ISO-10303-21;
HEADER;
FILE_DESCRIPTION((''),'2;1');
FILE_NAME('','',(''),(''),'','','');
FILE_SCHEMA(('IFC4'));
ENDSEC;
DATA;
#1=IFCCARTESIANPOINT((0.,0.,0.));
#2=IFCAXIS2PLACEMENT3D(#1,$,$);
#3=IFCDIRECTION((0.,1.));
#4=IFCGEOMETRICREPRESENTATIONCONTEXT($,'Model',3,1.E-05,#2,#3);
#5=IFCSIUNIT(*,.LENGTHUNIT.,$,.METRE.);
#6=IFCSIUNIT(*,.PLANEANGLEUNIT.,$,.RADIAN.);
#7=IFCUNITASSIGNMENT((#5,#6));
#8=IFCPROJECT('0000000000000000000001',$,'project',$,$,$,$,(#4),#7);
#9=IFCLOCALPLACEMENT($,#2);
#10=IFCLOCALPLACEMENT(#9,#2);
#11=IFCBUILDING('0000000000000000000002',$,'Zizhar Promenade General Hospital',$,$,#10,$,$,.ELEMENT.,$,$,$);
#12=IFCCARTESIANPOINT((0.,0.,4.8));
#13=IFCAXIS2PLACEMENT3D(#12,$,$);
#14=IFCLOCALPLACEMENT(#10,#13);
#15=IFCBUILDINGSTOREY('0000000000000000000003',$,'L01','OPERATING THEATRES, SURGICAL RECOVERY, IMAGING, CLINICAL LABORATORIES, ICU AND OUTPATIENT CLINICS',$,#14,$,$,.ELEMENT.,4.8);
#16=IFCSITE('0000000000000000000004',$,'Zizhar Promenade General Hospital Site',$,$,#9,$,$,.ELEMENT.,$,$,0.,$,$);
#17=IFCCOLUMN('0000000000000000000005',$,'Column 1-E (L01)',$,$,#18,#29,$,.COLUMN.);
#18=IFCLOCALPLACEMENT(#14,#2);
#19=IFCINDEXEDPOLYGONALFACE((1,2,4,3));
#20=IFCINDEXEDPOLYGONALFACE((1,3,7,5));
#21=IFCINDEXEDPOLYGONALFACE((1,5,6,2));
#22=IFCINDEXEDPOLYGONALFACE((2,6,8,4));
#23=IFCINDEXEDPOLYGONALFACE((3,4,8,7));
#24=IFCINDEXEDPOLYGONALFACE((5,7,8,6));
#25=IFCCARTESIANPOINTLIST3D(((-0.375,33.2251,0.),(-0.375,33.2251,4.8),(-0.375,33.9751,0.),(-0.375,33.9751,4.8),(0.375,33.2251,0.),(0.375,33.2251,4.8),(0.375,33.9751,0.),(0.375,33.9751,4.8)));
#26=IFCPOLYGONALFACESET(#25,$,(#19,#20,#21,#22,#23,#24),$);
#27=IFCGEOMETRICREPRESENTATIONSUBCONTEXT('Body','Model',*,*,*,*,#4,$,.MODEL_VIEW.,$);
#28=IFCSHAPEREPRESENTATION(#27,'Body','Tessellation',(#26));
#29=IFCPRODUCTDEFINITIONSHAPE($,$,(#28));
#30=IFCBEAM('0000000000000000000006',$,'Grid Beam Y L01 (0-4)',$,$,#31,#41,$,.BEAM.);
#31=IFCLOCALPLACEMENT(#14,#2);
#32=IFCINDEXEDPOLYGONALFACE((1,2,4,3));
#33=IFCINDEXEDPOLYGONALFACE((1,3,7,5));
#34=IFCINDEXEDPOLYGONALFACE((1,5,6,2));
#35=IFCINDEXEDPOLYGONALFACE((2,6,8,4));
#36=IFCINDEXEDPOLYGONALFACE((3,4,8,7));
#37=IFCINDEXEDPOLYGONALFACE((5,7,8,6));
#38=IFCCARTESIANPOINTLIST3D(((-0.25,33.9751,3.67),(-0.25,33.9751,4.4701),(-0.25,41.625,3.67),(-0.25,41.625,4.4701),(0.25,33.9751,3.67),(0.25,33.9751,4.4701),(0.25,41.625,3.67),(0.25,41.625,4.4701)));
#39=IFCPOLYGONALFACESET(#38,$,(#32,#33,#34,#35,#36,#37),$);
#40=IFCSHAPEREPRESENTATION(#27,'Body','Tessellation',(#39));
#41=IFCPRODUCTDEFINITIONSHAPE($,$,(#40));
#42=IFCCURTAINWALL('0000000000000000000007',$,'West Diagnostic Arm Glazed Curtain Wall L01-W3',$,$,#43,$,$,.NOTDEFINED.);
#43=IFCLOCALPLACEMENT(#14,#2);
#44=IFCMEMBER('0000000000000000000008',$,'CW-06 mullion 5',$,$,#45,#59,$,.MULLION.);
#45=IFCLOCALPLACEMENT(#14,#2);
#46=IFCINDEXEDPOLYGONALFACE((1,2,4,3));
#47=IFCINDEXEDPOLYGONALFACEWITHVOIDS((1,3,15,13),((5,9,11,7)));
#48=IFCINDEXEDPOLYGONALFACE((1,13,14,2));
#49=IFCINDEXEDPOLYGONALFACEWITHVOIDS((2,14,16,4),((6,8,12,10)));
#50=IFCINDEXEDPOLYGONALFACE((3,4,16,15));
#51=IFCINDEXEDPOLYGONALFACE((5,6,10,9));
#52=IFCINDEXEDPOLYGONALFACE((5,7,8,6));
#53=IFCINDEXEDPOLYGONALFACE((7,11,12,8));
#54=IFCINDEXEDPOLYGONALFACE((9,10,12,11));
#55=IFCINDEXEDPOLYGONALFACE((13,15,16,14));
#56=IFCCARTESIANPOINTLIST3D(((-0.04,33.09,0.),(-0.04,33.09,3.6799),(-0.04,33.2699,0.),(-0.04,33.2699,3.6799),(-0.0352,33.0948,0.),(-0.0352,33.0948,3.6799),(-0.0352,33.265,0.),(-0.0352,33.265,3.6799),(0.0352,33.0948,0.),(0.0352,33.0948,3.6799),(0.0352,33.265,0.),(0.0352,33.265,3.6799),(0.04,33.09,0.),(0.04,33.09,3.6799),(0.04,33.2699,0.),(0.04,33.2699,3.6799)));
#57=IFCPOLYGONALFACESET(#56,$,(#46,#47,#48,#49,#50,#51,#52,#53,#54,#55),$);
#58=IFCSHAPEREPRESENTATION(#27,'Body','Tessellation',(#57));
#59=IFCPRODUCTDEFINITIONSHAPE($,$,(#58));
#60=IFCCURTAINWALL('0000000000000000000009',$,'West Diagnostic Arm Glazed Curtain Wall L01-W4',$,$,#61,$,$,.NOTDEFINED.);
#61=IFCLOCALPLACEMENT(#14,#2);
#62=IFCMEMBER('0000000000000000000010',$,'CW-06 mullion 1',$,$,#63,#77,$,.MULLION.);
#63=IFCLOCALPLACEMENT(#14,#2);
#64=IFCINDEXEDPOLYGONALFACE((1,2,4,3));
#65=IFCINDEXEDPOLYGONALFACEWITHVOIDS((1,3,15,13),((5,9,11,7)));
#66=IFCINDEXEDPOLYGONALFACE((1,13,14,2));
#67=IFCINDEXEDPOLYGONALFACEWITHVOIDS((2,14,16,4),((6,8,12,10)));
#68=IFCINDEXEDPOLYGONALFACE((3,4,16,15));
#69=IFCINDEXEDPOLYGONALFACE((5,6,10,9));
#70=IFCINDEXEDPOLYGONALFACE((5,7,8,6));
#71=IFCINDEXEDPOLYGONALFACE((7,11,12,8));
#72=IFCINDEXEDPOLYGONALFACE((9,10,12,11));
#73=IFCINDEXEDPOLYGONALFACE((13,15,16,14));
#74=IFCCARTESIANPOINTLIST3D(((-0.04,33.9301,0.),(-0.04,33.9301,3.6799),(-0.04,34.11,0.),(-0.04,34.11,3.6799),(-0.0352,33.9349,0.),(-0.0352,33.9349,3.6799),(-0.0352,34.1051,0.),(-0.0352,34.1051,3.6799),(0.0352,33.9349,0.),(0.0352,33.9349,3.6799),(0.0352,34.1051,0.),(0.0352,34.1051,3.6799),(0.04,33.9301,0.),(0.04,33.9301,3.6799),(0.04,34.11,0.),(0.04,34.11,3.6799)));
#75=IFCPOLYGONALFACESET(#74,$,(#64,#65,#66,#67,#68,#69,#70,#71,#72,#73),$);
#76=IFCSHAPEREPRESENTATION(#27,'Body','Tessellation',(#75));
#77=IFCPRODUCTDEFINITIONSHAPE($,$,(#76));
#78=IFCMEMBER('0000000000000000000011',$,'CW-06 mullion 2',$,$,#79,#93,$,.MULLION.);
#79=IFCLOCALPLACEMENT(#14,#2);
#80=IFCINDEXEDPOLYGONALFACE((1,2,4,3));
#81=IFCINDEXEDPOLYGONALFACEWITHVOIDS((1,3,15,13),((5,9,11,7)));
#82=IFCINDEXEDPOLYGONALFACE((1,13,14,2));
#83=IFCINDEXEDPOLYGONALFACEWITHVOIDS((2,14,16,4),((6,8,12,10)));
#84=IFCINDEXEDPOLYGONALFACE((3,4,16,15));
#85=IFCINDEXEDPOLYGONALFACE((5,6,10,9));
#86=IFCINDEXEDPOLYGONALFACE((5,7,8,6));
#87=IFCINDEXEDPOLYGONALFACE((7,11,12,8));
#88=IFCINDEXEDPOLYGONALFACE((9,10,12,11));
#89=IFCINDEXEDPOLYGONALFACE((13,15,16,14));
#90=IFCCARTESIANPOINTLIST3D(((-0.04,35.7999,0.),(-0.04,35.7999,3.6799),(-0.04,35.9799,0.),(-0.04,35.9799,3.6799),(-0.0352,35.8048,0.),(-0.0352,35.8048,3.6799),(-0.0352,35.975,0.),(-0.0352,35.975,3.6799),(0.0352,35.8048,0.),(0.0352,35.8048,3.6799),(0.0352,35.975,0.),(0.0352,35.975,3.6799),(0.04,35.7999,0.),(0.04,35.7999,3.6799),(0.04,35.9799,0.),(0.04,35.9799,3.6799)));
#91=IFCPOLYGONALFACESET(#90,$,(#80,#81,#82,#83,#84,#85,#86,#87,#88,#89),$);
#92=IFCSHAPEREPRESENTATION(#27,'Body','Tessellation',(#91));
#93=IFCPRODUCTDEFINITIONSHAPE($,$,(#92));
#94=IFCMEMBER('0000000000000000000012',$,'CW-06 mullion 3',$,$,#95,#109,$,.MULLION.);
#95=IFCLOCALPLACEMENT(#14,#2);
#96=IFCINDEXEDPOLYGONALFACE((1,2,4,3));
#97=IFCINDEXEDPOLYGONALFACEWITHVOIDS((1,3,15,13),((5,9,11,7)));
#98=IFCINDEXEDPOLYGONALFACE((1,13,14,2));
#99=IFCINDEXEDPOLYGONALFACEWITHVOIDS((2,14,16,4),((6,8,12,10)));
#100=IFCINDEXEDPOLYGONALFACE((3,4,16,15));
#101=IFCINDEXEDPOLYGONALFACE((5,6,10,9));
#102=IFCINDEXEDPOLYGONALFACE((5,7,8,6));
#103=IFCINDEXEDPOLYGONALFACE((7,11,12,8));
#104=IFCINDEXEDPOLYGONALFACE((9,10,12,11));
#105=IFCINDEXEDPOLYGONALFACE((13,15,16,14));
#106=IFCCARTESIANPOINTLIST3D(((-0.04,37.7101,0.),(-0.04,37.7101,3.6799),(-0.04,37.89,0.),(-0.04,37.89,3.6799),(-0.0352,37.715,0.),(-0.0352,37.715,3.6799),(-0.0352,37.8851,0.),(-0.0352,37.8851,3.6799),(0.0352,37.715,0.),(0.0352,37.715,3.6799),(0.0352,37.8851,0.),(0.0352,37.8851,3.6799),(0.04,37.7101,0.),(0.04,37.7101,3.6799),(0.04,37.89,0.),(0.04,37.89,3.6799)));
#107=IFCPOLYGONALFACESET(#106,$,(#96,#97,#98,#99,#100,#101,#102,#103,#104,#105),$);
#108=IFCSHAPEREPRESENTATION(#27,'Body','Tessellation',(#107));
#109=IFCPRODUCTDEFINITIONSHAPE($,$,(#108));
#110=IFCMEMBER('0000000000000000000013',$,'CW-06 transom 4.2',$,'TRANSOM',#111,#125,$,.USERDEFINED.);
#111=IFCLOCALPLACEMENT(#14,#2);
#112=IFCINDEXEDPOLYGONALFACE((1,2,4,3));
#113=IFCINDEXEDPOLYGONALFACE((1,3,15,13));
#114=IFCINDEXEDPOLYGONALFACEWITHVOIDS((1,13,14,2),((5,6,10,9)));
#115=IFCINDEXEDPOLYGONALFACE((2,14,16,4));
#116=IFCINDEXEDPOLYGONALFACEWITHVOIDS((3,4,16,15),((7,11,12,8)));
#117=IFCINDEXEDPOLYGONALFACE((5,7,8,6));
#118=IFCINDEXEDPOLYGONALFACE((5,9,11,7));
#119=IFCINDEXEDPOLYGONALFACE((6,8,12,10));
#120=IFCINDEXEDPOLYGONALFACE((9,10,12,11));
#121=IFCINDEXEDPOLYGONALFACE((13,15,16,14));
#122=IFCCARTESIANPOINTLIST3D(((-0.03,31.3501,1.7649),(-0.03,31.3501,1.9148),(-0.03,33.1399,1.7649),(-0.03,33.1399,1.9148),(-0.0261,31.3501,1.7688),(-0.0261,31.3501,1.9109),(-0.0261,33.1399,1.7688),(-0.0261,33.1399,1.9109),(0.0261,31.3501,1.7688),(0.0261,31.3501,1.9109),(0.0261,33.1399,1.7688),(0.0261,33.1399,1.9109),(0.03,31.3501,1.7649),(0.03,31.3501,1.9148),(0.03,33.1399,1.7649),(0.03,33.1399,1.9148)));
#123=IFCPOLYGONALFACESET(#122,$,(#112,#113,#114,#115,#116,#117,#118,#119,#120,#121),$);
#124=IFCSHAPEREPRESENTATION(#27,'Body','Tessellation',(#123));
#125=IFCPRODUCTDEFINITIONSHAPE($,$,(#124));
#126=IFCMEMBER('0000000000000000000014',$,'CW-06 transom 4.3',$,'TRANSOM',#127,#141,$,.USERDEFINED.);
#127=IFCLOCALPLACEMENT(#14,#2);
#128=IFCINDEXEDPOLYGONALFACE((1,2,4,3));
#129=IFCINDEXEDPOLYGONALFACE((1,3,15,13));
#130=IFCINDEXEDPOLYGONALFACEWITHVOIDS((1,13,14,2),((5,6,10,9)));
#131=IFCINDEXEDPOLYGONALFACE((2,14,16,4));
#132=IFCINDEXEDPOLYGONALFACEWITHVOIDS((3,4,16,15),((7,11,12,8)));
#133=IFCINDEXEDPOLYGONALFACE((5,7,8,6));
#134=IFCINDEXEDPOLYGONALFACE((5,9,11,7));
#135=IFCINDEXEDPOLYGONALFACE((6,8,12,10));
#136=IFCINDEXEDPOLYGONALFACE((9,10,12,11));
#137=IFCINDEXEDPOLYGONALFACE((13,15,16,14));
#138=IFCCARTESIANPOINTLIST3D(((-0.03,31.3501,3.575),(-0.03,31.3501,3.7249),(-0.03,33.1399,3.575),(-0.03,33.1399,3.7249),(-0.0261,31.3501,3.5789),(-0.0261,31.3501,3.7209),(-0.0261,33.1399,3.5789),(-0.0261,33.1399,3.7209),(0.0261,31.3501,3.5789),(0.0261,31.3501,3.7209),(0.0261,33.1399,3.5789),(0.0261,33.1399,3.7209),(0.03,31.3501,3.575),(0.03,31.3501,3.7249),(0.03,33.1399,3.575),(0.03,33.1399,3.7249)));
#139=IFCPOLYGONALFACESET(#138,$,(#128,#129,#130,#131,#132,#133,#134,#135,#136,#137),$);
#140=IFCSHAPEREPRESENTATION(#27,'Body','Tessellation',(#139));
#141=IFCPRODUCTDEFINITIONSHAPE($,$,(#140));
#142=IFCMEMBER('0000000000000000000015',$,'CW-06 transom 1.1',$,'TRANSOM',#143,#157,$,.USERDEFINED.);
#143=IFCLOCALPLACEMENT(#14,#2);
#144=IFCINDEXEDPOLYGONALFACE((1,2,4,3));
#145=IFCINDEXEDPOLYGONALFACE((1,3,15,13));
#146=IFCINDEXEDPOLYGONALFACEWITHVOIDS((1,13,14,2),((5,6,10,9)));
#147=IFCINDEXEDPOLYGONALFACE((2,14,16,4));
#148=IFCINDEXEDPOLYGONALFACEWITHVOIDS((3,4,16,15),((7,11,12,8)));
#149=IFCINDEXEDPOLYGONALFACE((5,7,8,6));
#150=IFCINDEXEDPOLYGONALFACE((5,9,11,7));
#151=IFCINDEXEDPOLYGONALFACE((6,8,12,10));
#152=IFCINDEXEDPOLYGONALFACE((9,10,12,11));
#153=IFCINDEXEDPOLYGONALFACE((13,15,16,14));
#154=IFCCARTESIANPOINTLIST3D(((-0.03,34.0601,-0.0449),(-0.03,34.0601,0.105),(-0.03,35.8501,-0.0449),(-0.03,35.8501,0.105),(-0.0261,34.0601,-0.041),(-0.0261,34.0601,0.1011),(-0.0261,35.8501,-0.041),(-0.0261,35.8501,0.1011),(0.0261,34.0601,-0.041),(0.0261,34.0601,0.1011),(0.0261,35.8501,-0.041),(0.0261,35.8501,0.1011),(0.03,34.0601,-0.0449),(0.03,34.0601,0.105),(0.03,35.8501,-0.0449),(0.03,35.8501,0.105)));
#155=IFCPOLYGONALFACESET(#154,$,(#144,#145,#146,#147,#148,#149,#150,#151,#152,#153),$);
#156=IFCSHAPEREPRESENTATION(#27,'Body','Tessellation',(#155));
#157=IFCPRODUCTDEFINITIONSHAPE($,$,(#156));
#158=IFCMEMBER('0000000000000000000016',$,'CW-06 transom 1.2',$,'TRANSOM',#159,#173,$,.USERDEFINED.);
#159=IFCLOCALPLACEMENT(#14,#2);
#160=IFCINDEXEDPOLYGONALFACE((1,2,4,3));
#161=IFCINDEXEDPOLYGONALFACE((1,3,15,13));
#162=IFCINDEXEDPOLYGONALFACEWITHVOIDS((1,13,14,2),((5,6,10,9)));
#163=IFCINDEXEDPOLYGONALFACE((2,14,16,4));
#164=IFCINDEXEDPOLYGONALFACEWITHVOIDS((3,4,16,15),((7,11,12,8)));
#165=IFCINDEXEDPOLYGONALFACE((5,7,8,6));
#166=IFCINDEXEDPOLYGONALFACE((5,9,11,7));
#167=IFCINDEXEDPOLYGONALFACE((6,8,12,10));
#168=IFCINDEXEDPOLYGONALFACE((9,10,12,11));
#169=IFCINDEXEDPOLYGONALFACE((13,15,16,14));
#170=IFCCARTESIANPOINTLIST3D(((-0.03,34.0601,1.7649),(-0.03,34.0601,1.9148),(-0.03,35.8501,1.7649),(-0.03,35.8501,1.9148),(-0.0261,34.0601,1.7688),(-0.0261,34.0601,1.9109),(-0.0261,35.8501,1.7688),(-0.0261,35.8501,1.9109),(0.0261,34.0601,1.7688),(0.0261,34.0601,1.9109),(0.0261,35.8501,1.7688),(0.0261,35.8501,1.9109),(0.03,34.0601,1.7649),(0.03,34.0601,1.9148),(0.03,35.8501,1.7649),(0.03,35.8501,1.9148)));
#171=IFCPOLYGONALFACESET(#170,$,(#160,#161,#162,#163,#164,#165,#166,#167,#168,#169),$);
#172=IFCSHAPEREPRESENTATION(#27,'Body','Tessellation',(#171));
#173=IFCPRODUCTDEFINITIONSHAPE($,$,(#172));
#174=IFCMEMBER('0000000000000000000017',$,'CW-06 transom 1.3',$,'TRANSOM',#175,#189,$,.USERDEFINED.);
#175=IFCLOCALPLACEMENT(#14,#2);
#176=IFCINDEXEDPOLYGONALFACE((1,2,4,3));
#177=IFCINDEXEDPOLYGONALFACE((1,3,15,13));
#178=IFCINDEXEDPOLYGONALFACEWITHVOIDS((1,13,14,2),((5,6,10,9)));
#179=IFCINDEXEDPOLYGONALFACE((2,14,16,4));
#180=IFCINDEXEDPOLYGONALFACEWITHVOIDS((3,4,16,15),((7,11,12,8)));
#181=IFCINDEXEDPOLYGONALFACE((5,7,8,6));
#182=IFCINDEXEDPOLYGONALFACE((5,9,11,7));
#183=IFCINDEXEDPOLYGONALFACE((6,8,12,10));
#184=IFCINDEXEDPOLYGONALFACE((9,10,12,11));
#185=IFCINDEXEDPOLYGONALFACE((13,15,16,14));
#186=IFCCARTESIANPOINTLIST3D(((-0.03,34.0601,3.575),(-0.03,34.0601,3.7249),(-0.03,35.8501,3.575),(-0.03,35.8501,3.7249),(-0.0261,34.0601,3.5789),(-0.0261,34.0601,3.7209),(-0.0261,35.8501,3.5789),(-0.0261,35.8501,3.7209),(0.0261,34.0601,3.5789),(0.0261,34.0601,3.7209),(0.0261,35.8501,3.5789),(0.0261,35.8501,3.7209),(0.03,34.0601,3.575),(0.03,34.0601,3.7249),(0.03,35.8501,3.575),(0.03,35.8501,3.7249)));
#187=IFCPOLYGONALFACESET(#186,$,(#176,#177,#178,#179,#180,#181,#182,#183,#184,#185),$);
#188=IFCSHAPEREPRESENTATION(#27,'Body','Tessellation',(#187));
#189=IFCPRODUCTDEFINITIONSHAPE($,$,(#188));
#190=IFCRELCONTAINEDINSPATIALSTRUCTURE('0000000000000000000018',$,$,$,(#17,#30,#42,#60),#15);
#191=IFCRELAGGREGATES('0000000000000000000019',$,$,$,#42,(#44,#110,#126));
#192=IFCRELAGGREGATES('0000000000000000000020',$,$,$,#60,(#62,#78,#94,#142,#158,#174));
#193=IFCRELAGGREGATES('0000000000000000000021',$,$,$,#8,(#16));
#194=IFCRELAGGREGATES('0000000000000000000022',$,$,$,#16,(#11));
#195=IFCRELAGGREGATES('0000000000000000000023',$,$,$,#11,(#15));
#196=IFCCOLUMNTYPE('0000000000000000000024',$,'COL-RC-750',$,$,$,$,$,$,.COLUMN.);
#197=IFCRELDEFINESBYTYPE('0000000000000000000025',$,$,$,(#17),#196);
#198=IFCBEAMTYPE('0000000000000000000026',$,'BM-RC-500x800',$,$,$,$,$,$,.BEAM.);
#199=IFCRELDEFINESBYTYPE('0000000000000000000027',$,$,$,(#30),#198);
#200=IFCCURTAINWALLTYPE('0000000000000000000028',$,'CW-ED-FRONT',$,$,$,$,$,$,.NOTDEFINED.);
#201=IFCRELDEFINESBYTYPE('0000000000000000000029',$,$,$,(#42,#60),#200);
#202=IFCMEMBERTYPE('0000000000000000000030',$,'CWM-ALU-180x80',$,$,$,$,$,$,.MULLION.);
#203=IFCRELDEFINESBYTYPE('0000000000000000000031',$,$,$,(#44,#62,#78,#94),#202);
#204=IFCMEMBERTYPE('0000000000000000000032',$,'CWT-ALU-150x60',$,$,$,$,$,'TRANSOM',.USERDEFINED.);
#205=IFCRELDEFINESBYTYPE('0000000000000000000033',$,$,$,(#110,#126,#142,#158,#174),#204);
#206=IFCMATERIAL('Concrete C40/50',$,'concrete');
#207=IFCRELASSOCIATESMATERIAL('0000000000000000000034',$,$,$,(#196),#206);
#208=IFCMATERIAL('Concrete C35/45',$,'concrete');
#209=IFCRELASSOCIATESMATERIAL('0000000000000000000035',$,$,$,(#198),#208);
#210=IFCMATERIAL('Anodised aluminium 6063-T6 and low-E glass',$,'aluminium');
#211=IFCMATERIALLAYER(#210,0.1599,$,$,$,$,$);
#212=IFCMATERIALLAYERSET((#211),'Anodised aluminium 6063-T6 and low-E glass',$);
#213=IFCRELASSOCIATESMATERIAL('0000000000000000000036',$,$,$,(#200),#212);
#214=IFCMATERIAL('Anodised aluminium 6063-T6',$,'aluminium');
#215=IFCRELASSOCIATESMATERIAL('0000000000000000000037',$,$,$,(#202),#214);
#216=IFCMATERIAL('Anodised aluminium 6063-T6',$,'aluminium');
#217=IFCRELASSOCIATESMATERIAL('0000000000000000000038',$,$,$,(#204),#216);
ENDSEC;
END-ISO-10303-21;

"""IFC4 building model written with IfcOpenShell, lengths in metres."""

from ifc_helpers import new_model, si_unit, direction, frame, origin, origin_2d, place, context, subcontext, project, spatial, rectangle, hollow_rectangle, extrude, material, layer, layer_set, material_profile, profile_set, type_object, element, aggregate, save


model = new_model("IFC4")

# Units and contexts
model_context = context("Model", 3, precision=1e-05, world=origin(), true_north=direction((0.0, 1.0)))
body_context = subcontext(model_context, "Body", "Model", "MODEL_VIEW")
ifc_project = project(units=[si_unit("LENGTHUNIT", "METRE"), si_unit("PLANEANGLEUNIT", "RADIAN")], contexts=[model_context])

# Site, building, storey
site_placement = place(None, origin())
site = spatial("IfcSite", under=ifc_project, at=site_placement, Name="Zizhar Promenade General Hospital Site", CompositionType="ELEMENT", RefElevation=0.0)
building_placement = place(site_placement, origin())
building = spatial("IfcBuilding", under=site, at=building_placement, Name="Zizhar Promenade General Hospital", CompositionType="ELEMENT")
storey_placement = place(building_placement, frame((0.0, 0.0, 4.8)))
storey = spatial("IfcBuildingStorey", under=building, at=storey_placement, Name="L01", Description="OPERATING THEATRES, SURGICAL RECOVERY, IMAGING, CLINICAL LABORATORIES, ICU AND OUTPATIENT CLINICS", CompositionType="ELEMENT", Elevation=4.8)

# Column
ifc_material_1 = material(Name="Concrete C40/50", Category="concrete")
ifc_material_profile_1 = material_profile(ifc_material_1, rectangle(XDim=0.75, YDim=0.75, at=origin_2d()))
ifc_profile_set_1 = profile_set([ifc_material_profile_1], Name="Concrete C40/50")
column_type = type_object("IfcColumnType", Name="COL-RC-750", PredefinedType="COLUMN", material=ifc_profile_set_1)
column_placement = place(storey_placement, frame((0.0, 33.6001, 0.0), z_axis=(0.0, 0.0, 1.0), x_axis=(1.0, 0.0, 0.0)))
element("IfcColumn", 1, at=column_placement, inside=storey, type_object=column_type, Name="Column 1-E (L01)", PredefinedType="COLUMN", context=body_context, shape_type="SweptSolid", body=[
    extrude(rectangle(XDim=0.75, YDim=0.75, at=origin_2d()), origin(), (0.0, 0.0, 1.0), 4.8),
])

# Beam
ifc_material_2 = material(Name="Concrete C35/45", Category="concrete")
ifc_material_profile_2 = material_profile(ifc_material_2, rectangle(XDim=0.5, YDim=0.8, at=origin_2d()))
ifc_profile_set_2 = profile_set([ifc_material_profile_2], Name="Concrete C35/45")
beam_type = type_object("IfcBeamType", Name="BM-RC-500x800", PredefinedType="BEAM", material=ifc_profile_set_2)
beam_placement = place(storey_placement, frame((0.0, 33.9751, 4.0701), z_axis=(0.0, 1.0, 0.0), x_axis=(-1.0, 0.0, 0.0)))
element("IfcBeam", 2, at=beam_placement, inside=storey, type_object=beam_type, Name="Grid Beam Y L01 (0-4)", PredefinedType="BEAM", context=body_context, shape_type="SweptSolid", body=[
    extrude(rectangle(XDim=0.5, YDim=0.8, at=origin_2d()), origin(), (0.0, 0.0, 1.0), 7.6499),
])

# Curtain wall, member
ifc_material_3 = material(Name="Anodised aluminium 6063-T6 and low-E glass", Category="aluminium")
ifc_layer_1 = layer(ifc_material_3, 0.1599)
ifc_layer_set_1 = layer_set([ifc_layer_1], Name="Anodised aluminium 6063-T6 and low-E glass")
curtain_wall_type = type_object("IfcCurtainWallType", Name="CW-ED-FRONT", PredefinedType="NOTDEFINED", material=ifc_layer_set_1)
curtain_wall_1_placement = place(storey_placement, origin())
curtain_wall_1 = element("IfcCurtainWall", 3, at=curtain_wall_1_placement, inside=storey, type_object=curtain_wall_type, Name="West Diagnostic Arm Glazed Curtain Wall L01-W3", PredefinedType="NOTDEFINED")
ifc_material_4 = material(Name="Anodised aluminium 6063-T6", Category="aluminium")
ifc_material_profile_3 = material_profile(ifc_material_4, hollow_rectangle(XDim=0.0801, YDim=0.1799, WallThickness=0.0049, at=origin_2d()))
ifc_profile_set_3 = profile_set([ifc_material_profile_3], Name="Anodised aluminium 6063-T6")
member_type_1 = type_object("IfcMemberType", Name="CWM-ALU-180x80", PredefinedType="MULLION", material=ifc_profile_set_3)
member_1_placement = place(storey_placement, frame((0.0, 33.1799, 0.0), z_axis=(0.0, 0.0, 1.0), x_axis=(-1.0, 0.0, 0.0)))
member_1 = element("IfcMember", 4, at=member_1_placement, type_object=member_type_1, Name="CW-06 mullion 5", PredefinedType="MULLION", context=body_context, shape_type="SweptSolid", body=[
    extrude(hollow_rectangle(XDim=0.0801, YDim=0.1799, WallThickness=0.0049, at=origin_2d()), origin(), (0.0, 0.0, 1.0), 3.6799),
])

# Curtain wall, members
curtain_wall_2_placement = place(storey_placement, origin())
curtain_wall_2 = element("IfcCurtainWall", 5, at=curtain_wall_2_placement, inside=storey, type_object=curtain_wall_type, Name="West Diagnostic Arm Glazed Curtain Wall L01-W4", PredefinedType="NOTDEFINED")
member_2_placement = place(storey_placement, frame((0.0, 34.02, 0.0), z_axis=(0.0, 0.0, 1.0), x_axis=(-1.0, 0.0, 0.0)))
member_2 = element("IfcMember", 6, at=member_2_placement, type_object=member_type_1, Name="CW-06 mullion 1", PredefinedType="MULLION", context=body_context, shape_type="SweptSolid", body=[
    extrude(hollow_rectangle(XDim=0.0801, YDim=0.1799, WallThickness=0.0049, at=origin_2d()), origin(), (0.0, 0.0, 1.0), 3.6799),
])
member_3_placement = place(storey_placement, frame((0.0, 35.8899, 0.0), z_axis=(0.0, 0.0, 1.0), x_axis=(-1.0, 0.0, 0.0)))
member_3 = element("IfcMember", 7, at=member_3_placement, type_object=member_type_1, Name="CW-06 mullion 2", PredefinedType="MULLION", context=body_context, shape_type="SweptSolid", body=[
    extrude(hollow_rectangle(XDim=0.0801, YDim=0.1799, WallThickness=0.0049, at=origin_2d()), origin(), (0.0, 0.0, 1.0), 3.6799),
])
member_4_placement = place(storey_placement, frame((0.0, 37.8, 0.0), z_axis=(0.0, 0.0, 1.0), x_axis=(-1.0, 0.0, 0.0)))
member_4 = element("IfcMember", 8, at=member_4_placement, type_object=member_type_1, Name="CW-06 mullion 3", PredefinedType="MULLION", context=body_context, shape_type="SweptSolid", body=[
    extrude(hollow_rectangle(XDim=0.0801, YDim=0.1799, WallThickness=0.0049, at=origin_2d()), origin(), (0.0, 0.0, 1.0), 3.6799),
])

# Members
ifc_material_5 = material(Name="Anodised aluminium 6063-T6", Category="aluminium")
ifc_material_profile_4 = material_profile(ifc_material_5, hollow_rectangle(XDim=0.0601, YDim=0.1499, WallThickness=0.0039, at=origin_2d()))
ifc_profile_set_4 = profile_set([ifc_material_profile_4], Name="Anodised aluminium 6063-T6")
member_type_2 = type_object("IfcMemberType", Name="CWT-ALU-150x60", ElementType="TRANSOM", PredefinedType="USERDEFINED", material=ifc_profile_set_4)
member_5_placement = place(storey_placement, frame((0.0, 31.3501, 1.8398), z_axis=(0.0, 1.0, 0.0), x_axis=(-1.0, 0.0, 0.0)))
member_5 = element("IfcMember", 9, at=member_5_placement, type_object=member_type_2, Name="CW-06 transom 4.2", ObjectType="TRANSOM", PredefinedType="USERDEFINED", context=body_context, shape_type="SweptSolid", body=[
    extrude(hollow_rectangle(XDim=0.0601, YDim=0.1499, WallThickness=0.0039, at=origin_2d()), origin(), (0.0, 0.0, 1.0), 1.7898),
])
member_6_placement = place(storey_placement, frame((0.0, 31.3501, 3.6499), z_axis=(0.0, 1.0, 0.0), x_axis=(-1.0, 0.0, 0.0)))
member_6 = element("IfcMember", 10, at=member_6_placement, type_object=member_type_2, Name="CW-06 transom 4.3", ObjectType="TRANSOM", PredefinedType="USERDEFINED", context=body_context, shape_type="SweptSolid", body=[
    extrude(hollow_rectangle(XDim=0.0601, YDim=0.1499, WallThickness=0.0039, at=origin_2d()), origin(), (0.0, 0.0, 1.0), 1.7898),
])
member_7_placement = place(storey_placement, frame((0.0, 34.0601, 0.03), z_axis=(0.0, 1.0, 0.0), x_axis=(-1.0, 0.0, 0.0)))
member_7 = element("IfcMember", 11, at=member_7_placement, type_object=member_type_2, Name="CW-06 transom 1.1", ObjectType="TRANSOM", PredefinedType="USERDEFINED", context=body_context, shape_type="SweptSolid", body=[
    extrude(hollow_rectangle(XDim=0.0601, YDim=0.1499, WallThickness=0.0039, at=origin_2d()), origin(), (0.0, 0.0, 1.0), 1.79),
])
member_8_placement = place(storey_placement, frame((0.0, 34.0601, 1.8398), z_axis=(0.0, 1.0, 0.0), x_axis=(-1.0, 0.0, 0.0)))
member_8 = element("IfcMember", 12, at=member_8_placement, type_object=member_type_2, Name="CW-06 transom 1.2", ObjectType="TRANSOM", PredefinedType="USERDEFINED", context=body_context, shape_type="SweptSolid", body=[
    extrude(hollow_rectangle(XDim=0.0601, YDim=0.1499, WallThickness=0.0039, at=origin_2d()), origin(), (0.0, 0.0, 1.0), 1.79),
])
member_9_placement = place(storey_placement, frame((0.0, 34.0601, 3.6499), z_axis=(0.0, 1.0, 0.0), x_axis=(-1.0, 0.0, 0.0)))
member_9 = element("IfcMember", 13, at=member_9_placement, type_object=member_type_2, Name="CW-06 transom 1.3", ObjectType="TRANSOM", PredefinedType="USERDEFINED", context=body_context, shape_type="SweptSolid", body=[
    extrude(hollow_rectangle(XDim=0.0601, YDim=0.1499, WallThickness=0.0039, at=origin_2d()), origin(), (0.0, 0.0, 1.0), 1.79),
])

aggregate(curtain_wall_1, [member_1, member_5, member_6])
aggregate(curtain_wall_2, [member_2, member_3, member_4, member_7, member_8, member_9])

save(model, "model.ifc")
